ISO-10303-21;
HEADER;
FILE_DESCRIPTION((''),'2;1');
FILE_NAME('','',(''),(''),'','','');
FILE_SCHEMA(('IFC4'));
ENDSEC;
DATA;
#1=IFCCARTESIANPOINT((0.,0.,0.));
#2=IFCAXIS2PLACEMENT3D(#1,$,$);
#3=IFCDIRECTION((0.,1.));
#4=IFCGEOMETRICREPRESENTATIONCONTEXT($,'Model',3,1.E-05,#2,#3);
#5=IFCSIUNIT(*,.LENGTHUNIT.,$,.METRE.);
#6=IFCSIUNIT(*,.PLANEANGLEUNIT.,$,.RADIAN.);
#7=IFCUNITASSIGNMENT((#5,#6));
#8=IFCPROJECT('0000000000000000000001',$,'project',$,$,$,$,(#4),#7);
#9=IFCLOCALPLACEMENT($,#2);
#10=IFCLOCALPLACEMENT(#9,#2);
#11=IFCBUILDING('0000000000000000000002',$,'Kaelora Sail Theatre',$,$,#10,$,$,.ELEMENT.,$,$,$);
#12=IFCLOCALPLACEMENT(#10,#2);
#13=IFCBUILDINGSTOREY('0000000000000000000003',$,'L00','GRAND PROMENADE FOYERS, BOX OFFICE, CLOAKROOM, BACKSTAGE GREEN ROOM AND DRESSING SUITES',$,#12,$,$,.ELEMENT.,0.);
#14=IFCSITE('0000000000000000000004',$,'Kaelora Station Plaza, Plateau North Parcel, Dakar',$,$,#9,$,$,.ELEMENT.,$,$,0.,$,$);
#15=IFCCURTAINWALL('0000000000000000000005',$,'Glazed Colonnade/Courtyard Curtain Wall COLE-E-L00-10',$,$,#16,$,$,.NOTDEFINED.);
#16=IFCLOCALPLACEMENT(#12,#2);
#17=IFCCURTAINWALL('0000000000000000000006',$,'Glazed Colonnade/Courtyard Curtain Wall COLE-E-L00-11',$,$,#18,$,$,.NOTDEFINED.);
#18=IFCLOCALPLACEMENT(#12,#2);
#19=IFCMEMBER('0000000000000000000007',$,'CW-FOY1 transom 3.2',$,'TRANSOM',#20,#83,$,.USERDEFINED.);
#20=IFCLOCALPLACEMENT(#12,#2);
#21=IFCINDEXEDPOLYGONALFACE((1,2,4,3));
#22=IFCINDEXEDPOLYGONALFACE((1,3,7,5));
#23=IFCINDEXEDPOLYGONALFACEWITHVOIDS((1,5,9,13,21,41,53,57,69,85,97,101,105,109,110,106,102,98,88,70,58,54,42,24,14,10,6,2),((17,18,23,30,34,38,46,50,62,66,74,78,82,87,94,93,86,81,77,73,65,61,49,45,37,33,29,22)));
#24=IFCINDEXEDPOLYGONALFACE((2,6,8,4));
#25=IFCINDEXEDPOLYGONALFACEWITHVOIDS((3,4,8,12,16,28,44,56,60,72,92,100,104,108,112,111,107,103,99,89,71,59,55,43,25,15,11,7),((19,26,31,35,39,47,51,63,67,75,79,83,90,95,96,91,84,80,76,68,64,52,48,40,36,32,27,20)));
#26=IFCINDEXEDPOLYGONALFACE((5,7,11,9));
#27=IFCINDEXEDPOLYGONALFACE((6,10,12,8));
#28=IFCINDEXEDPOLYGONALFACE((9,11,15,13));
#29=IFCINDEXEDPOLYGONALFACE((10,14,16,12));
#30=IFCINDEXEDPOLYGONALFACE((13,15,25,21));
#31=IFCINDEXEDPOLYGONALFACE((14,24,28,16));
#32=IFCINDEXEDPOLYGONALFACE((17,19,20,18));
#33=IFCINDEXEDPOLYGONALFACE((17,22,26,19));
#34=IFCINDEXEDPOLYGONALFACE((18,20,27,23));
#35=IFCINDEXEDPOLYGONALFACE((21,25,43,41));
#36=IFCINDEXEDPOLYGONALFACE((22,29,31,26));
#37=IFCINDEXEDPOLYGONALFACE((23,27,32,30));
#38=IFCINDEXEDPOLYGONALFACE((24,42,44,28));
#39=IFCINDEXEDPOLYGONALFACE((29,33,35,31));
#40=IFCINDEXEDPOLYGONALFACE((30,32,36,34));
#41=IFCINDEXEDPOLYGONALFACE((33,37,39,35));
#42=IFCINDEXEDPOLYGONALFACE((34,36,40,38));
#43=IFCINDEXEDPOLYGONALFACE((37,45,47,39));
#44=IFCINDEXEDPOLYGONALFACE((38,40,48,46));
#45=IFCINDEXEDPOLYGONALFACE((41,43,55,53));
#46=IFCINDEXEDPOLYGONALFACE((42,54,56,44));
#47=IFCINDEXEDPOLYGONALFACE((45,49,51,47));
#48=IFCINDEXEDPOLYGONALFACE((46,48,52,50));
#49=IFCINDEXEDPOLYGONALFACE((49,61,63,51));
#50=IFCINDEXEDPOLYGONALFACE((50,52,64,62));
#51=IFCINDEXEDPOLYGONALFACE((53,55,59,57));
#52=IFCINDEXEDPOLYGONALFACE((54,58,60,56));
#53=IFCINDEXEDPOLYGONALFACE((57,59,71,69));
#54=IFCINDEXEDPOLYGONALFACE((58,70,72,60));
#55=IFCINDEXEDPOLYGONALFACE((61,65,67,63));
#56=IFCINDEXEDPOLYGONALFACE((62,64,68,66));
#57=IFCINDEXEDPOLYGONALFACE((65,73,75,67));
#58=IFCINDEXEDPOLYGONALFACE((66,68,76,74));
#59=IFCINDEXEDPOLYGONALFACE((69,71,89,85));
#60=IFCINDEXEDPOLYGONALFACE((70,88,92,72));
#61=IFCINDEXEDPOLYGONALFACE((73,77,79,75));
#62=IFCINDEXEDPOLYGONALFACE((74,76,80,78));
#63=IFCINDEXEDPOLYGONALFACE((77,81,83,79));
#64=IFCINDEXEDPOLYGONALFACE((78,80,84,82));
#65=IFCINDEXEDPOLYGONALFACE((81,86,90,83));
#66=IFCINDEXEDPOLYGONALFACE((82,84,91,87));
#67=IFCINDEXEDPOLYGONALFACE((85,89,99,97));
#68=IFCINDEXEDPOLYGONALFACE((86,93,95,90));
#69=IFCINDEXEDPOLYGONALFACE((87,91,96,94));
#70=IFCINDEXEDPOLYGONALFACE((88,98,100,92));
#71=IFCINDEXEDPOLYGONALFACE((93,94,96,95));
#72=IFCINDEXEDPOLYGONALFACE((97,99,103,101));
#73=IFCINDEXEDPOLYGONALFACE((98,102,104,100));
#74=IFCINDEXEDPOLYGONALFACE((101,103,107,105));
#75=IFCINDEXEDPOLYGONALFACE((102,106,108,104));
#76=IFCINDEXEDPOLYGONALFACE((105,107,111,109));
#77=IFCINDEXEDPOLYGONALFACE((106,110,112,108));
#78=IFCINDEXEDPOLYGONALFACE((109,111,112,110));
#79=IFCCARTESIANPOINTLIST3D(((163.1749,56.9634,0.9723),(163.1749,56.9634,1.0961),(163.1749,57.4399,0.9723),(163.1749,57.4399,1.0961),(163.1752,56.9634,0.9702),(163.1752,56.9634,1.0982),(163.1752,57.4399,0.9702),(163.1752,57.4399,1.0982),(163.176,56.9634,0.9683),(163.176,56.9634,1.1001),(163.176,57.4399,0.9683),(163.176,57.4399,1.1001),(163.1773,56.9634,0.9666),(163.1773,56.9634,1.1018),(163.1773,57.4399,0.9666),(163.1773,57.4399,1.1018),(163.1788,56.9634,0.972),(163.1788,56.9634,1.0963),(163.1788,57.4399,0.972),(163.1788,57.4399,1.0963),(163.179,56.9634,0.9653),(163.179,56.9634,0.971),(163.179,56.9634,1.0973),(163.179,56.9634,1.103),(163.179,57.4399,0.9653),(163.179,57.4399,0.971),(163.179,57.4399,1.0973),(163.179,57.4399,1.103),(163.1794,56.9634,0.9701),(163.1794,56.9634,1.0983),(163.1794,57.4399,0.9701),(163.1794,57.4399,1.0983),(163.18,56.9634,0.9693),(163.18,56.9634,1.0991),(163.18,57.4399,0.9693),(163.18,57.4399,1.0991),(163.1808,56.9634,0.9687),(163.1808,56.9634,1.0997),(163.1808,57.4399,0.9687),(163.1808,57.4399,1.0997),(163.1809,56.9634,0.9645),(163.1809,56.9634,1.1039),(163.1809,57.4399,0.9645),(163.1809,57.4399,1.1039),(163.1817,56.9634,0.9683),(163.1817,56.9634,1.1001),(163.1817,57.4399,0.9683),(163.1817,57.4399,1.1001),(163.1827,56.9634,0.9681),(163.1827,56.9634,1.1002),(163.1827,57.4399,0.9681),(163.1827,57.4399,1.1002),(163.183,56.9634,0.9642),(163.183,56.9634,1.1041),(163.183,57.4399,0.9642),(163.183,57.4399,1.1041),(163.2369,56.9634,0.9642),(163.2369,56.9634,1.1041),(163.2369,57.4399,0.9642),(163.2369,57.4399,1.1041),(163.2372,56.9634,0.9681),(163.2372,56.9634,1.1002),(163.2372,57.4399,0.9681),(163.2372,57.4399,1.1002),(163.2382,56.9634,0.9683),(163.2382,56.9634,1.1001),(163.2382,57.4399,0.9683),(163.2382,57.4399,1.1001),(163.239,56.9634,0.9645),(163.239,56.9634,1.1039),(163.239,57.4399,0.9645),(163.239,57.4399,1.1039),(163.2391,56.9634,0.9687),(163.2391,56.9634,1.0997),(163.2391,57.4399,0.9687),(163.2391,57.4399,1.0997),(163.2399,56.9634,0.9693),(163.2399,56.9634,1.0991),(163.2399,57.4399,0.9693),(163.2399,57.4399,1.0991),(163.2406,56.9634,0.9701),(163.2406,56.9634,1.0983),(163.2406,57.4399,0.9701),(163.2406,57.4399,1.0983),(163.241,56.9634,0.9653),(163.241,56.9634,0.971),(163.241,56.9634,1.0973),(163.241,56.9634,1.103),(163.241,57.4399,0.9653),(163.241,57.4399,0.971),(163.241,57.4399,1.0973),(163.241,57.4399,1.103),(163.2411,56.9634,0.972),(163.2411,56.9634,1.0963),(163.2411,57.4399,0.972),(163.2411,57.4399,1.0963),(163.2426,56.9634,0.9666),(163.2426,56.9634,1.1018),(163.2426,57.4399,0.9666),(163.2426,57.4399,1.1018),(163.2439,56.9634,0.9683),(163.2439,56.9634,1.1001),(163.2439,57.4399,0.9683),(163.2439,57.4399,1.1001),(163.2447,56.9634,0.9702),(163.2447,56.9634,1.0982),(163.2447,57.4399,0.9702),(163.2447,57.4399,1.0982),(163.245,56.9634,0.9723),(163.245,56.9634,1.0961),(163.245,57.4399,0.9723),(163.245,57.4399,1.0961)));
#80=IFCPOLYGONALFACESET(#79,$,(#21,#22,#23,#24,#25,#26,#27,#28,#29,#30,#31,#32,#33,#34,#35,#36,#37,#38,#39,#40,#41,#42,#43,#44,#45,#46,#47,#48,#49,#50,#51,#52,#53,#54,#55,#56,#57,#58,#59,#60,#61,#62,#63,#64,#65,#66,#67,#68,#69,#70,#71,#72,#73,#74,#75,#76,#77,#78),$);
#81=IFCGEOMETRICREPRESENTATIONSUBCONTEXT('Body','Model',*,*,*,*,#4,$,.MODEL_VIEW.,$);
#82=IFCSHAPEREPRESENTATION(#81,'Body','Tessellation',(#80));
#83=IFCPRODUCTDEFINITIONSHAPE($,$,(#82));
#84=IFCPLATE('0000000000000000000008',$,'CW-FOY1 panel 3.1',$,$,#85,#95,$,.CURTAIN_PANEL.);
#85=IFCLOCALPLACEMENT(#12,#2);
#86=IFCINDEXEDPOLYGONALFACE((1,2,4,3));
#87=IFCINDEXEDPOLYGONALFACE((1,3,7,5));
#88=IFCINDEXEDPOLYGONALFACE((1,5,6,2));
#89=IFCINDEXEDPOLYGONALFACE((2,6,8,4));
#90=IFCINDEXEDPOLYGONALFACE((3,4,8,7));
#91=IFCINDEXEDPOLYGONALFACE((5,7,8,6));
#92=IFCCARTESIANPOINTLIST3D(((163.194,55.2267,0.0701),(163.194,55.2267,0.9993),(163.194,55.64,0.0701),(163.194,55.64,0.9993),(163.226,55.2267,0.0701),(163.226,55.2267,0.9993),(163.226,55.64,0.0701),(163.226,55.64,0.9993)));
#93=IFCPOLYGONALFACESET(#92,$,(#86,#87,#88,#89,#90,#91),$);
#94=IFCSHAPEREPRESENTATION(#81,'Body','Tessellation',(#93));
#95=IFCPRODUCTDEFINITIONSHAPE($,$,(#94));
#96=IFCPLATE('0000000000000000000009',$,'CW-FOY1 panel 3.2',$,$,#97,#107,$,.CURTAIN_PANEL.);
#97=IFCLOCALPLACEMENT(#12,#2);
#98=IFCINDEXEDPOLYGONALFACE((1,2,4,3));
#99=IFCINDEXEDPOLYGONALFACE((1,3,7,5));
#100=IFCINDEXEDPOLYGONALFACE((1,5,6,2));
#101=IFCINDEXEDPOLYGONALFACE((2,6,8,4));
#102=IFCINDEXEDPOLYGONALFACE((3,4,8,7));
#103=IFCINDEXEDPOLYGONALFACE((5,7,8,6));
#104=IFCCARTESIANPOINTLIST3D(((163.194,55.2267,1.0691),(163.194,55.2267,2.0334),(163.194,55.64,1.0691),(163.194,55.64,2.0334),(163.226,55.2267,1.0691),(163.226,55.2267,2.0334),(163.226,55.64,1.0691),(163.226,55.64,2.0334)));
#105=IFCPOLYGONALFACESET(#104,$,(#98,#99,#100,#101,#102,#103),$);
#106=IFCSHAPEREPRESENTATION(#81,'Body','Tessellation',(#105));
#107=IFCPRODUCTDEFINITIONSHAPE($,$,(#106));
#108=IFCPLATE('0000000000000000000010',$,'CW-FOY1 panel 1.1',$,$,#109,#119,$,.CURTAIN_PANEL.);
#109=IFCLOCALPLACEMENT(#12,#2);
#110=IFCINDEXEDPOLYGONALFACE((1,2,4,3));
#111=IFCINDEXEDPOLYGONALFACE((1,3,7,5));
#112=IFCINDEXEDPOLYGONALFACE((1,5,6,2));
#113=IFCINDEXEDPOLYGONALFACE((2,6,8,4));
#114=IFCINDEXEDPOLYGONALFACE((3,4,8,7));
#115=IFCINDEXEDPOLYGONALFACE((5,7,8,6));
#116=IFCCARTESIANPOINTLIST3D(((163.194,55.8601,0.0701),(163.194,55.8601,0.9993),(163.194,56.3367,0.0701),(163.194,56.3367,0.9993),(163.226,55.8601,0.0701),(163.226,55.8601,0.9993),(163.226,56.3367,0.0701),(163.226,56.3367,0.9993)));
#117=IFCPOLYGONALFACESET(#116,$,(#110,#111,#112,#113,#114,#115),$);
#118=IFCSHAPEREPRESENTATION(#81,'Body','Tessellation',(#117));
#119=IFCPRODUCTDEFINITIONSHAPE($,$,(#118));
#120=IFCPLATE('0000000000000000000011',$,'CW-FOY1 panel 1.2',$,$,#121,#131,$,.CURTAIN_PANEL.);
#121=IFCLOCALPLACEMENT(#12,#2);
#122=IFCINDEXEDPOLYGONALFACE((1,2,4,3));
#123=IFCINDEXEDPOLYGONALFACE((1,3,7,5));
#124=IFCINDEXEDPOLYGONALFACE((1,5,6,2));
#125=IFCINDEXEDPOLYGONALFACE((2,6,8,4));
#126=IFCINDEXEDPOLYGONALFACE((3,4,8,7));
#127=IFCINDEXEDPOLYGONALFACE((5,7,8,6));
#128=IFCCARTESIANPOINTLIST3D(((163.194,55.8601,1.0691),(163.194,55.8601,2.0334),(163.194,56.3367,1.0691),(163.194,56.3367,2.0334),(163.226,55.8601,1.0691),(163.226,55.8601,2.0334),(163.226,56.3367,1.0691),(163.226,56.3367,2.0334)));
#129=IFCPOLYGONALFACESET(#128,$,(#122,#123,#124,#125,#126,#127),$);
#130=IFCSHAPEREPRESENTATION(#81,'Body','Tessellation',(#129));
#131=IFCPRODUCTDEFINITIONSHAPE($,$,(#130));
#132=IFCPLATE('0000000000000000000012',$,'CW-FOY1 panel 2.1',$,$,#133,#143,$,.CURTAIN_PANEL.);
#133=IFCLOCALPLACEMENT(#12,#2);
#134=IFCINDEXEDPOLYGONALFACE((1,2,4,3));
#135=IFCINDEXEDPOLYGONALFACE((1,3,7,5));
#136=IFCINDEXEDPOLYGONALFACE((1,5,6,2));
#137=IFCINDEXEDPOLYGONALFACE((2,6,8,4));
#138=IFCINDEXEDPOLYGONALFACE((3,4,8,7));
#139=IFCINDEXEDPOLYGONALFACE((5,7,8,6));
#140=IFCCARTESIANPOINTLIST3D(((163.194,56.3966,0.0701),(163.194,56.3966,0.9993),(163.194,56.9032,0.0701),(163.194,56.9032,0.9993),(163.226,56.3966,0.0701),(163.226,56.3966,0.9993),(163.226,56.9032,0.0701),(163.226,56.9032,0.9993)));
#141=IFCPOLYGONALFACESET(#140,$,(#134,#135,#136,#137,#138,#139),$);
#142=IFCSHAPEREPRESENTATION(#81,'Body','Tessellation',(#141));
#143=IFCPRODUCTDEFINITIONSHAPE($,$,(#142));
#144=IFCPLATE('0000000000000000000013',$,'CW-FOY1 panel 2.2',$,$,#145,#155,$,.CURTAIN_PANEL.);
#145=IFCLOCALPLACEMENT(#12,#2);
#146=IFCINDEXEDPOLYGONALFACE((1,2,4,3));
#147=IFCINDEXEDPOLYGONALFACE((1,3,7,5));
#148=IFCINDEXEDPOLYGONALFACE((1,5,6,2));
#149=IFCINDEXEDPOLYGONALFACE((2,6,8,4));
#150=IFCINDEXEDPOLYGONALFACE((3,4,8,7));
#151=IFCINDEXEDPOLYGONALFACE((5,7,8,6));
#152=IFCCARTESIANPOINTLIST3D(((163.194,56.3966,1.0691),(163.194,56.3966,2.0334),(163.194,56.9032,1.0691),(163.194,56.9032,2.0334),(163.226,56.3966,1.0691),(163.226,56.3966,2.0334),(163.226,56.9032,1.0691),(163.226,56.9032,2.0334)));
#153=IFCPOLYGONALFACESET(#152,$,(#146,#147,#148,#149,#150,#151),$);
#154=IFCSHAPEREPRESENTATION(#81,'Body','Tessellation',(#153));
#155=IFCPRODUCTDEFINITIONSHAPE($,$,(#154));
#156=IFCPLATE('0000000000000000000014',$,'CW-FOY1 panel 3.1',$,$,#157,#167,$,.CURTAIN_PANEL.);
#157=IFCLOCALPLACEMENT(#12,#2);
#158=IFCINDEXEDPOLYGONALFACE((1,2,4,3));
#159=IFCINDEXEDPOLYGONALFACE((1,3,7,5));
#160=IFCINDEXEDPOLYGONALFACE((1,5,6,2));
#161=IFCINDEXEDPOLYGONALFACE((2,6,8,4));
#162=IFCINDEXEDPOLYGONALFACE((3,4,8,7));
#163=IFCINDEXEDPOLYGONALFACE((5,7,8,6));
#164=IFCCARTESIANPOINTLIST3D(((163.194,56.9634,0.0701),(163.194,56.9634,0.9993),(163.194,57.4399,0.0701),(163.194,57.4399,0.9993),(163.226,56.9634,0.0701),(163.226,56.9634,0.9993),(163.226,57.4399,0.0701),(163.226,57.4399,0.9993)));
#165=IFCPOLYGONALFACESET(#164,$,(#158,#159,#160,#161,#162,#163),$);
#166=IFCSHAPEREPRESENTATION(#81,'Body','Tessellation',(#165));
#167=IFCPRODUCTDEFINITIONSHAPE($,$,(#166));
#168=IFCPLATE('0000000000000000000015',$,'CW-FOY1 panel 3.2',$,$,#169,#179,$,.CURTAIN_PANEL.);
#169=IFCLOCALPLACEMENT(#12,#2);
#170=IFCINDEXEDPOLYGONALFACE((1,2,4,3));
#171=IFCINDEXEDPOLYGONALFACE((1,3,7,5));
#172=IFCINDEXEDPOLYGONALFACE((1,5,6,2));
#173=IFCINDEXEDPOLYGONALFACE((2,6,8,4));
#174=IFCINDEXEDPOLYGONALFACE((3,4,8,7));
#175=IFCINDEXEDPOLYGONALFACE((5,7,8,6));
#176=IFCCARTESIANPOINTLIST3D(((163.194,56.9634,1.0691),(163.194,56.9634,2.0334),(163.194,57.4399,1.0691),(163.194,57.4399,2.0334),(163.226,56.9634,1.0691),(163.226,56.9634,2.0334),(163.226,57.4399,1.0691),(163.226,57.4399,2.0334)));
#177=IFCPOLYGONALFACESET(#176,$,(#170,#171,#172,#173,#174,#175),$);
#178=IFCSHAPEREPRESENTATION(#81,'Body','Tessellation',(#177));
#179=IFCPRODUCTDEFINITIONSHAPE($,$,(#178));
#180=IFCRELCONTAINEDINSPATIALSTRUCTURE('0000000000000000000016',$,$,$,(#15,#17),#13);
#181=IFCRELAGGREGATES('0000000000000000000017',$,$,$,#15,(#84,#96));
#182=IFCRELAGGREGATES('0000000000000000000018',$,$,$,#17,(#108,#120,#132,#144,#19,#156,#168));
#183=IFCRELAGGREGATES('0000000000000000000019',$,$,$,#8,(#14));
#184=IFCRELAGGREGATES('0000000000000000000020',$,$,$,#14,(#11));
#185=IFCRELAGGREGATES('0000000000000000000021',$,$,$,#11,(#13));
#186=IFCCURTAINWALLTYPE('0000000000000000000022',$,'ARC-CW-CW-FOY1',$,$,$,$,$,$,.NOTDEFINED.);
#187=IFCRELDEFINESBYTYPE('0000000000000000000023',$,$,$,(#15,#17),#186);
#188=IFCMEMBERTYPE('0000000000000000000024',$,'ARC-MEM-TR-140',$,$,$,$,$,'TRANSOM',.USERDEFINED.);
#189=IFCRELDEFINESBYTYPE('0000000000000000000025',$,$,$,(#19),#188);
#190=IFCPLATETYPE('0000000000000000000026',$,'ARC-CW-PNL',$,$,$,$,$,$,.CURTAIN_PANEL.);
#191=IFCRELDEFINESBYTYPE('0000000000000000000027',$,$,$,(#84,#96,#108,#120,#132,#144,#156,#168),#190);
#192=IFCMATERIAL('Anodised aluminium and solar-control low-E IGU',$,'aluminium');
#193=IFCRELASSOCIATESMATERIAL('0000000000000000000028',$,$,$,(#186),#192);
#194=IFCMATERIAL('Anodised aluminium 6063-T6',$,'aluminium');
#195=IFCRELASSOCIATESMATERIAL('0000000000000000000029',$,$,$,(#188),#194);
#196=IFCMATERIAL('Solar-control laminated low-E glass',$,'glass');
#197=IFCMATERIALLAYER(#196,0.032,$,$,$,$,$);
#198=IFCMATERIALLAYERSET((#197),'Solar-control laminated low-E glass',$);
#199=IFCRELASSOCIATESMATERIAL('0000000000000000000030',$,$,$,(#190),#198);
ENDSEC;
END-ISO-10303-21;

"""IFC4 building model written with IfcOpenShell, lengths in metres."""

from ifc_helpers import new_model, si_unit, direction, frame, origin, origin_2d, place, context, subcontext, project, spatial, rectangle, hollow_rectangle, extrude, material, layer, layer_set, material_profile, profile_set, type_object, element, aggregate, save


model = new_model("IFC4")

# Units and contexts
model_context = context("Model", 3, precision=1e-05, world=origin(), true_north=direction((0.0, 1.0)))
body_context = subcontext(model_context, "Body", "Model", "MODEL_VIEW")
ifc_project = project(units=[si_unit("LENGTHUNIT", "METRE"), si_unit("PLANEANGLEUNIT", "RADIAN")], contexts=[model_context])

# Site, building, storey
site_placement = place(None, origin())
site = spatial("IfcSite", under=ifc_project, at=site_placement, Name="Kaelora Station Plaza, Plateau North Parcel, Dakar", CompositionType="ELEMENT", RefElevation=0.0)
building_placement = place(site_placement, origin())
building = spatial("IfcBuilding", under=site, at=building_placement, Name="Kaelora Sail Theatre", CompositionType="ELEMENT")
storey_placement = place(building_placement, origin())
storey = spatial("IfcBuildingStorey", under=building, at=storey_placement, Name="L00", Description="GRAND PROMENADE FOYERS, BOX OFFICE, CLOAKROOM, BACKSTAGE GREEN ROOM AND DRESSING SUITES", CompositionType="ELEMENT", Elevation=0.0)

# Curtain walls
ifc_material_1 = material(Name="Anodised aluminium and solar-control low-E IGU", Category="aluminium")
curtain_wall_type = type_object("IfcCurtainWallType", Name="ARC-CW-CW-FOY1", PredefinedType="NOTDEFINED", material=ifc_material_1)
curtain_wall_1_placement = place(storey_placement, origin())
curtain_wall_1 = element("IfcCurtainWall", 1, at=curtain_wall_1_placement, inside=storey, type_object=curtain_wall_type, Name="Glazed Colonnade/Courtyard Curtain Wall COLE-E-L00-10", PredefinedType="NOTDEFINED")
curtain_wall_2_placement = place(storey_placement, origin())
curtain_wall_2 = element("IfcCurtainWall", 2, at=curtain_wall_2_placement, inside=storey, type_object=curtain_wall_type, Name="Glazed Colonnade/Courtyard Curtain Wall COLE-E-L00-11", PredefinedType="NOTDEFINED")

# Member
ifc_material_2 = material(Name="Anodised aluminium 6063-T6", Category="aluminium")
ifc_material_profile_1 = material_profile(ifc_material_2, hollow_rectangle(XDim=0.0701, YDim=0.1399, WallThickness=0.0039, InnerFilletRadius=0.0039, OuterFilletRadius=0.0081, at=origin_2d()), Name="ALU-TRAN 70x140x4")
ifc_profile_set_1 = profile_set([ifc_material_profile_1], Name="Anodised aluminium 6063-T6")
member_type_1 = type_object("IfcMemberType", Name="ARC-MEM-TR-140", ElementType="TRANSOM", PredefinedType="USERDEFINED", material=ifc_profile_set_1)
member_1_placement = place(storey_placement, frame((163.21, 56.9634, 1.0342), z_axis=(0.0, 1.0, 0.0), x_axis=(-1.0, 0.0, 0.0)))
member_1 = element("IfcMember", 3, at=member_1_placement, type_object=member_type_1, Name="CW-FOY1 transom 3.2", ObjectType="TRANSOM", PredefinedType="USERDEFINED", context=body_context, shape_type="SweptSolid", body=[
    extrude(hollow_rectangle(XDim=0.0701, YDim=0.1399, WallThickness=0.0039, InnerFilletRadius=0.0039, OuterFilletRadius=0.0081, at=origin_2d()), origin(), (0.0, 0.0, 1.0), 0.4766),
])

# Plates
ifc_material_3 = material(Name="Solar-control laminated low-E glass", Category="glass")
ifc_layer = layer(ifc_material_3, 0.032)
ifc_layer_set = layer_set([ifc_layer], Name="Solar-control laminated low-E glass")
plate_type = type_object("IfcPlateType", Name="ARC-CW-PNL", PredefinedType="CURTAIN_PANEL", material=ifc_layer_set)
plate_1_placement = place(storey_placement, frame((163.21, 55.4333, 0.0701), z_axis=(0.0, 0.0, 1.0), x_axis=(0.0, 1.0, 0.0)))
plate_1 = element("IfcPlate", 4, at=plate_1_placement, type_object=plate_type, Name="CW-FOY1 panel 3.1", PredefinedType="CURTAIN_PANEL", context=body_context, shape_type="SweptSolid", body=[
    extrude(rectangle(XDim=0.4133, YDim=0.032, at=origin_2d()), origin(), (0.0, 0.0, 1.0), 0.9292),
])
plate_2_placement = place(storey_placement, frame((163.21, 55.4333, 1.0691), z_axis=(0.0, 0.0, 1.0), x_axis=(0.0, 1.0, 0.0)))
plate_2 = element("IfcPlate", 5, at=plate_2_placement, type_object=plate_type, Name="CW-FOY1 panel 3.2", PredefinedType="CURTAIN_PANEL", context=body_context, shape_type="SweptSolid", body=[
    extrude(rectangle(XDim=0.4133, YDim=0.032, at=origin_2d()), origin(), (0.0, 0.0, 1.0), 0.9644),
])
aggregate(curtain_wall_1, [plate_1, plate_2])
plate_3_placement = place(storey_placement, frame((163.21, 56.0984, 0.0701), z_axis=(0.0, 0.0, 1.0), x_axis=(0.0, 1.0, 0.0)))
plate_3 = element("IfcPlate", 6, at=plate_3_placement, type_object=plate_type, Name="CW-FOY1 panel 1.1", PredefinedType="CURTAIN_PANEL", context=body_context, shape_type="SweptSolid", body=[
    extrude(rectangle(XDim=0.4766, YDim=0.032, at=origin_2d()), origin(), (0.0, 0.0, 1.0), 0.9292),
])
plate_4_placement = place(storey_placement, frame((163.21, 56.0984, 1.0691), z_axis=(0.0, 0.0, 1.0), x_axis=(0.0, 1.0, 0.0)))
plate_4 = element("IfcPlate", 7, at=plate_4_placement, type_object=plate_type, Name="CW-FOY1 panel 1.2", PredefinedType="CURTAIN_PANEL", context=body_context, shape_type="SweptSolid", body=[
    extrude(rectangle(XDim=0.4766, YDim=0.032, at=origin_2d()), origin(), (0.0, 0.0, 1.0), 0.9644),
])
plate_5_placement = place(storey_placement, frame((163.21, 56.6499, 0.0701), z_axis=(0.0, 0.0, 1.0), x_axis=(0.0, 1.0, 0.0)))
plate_5 = element("IfcPlate", 8, at=plate_5_placement, type_object=plate_type, Name="CW-FOY1 panel 2.1", PredefinedType="CURTAIN_PANEL", context=body_context, shape_type="SweptSolid", body=[
    extrude(rectangle(XDim=0.5066, YDim=0.032, at=origin_2d()), origin(), (0.0, 0.0, 1.0), 0.9292),
])
plate_6_placement = place(storey_placement, frame((163.21, 56.6499, 1.0691), z_axis=(0.0, 0.0, 1.0), x_axis=(0.0, 1.0, 0.0)))
plate_6 = element("IfcPlate", 9, at=plate_6_placement, type_object=plate_type, Name="CW-FOY1 panel 2.2", PredefinedType="CURTAIN_PANEL", context=body_context, shape_type="SweptSolid", body=[
    extrude(rectangle(XDim=0.5066, YDim=0.032, at=origin_2d()), origin(), (0.0, 0.0, 1.0), 0.9644),
])
plate_7_placement = place(storey_placement, frame((163.21, 57.2017, 0.0701), z_axis=(0.0, 0.0, 1.0), x_axis=(0.0, 1.0, 0.0)))
plate_7 = element("IfcPlate", 10, at=plate_7_placement, type_object=plate_type, Name="CW-FOY1 panel 3.1", PredefinedType="CURTAIN_PANEL", context=body_context, shape_type="SweptSolid", body=[
    extrude(rectangle(XDim=0.4766, YDim=0.032, at=origin_2d()), origin(), (0.0, 0.0, 1.0), 0.9292),
])
plate_8_placement = place(storey_placement, frame((163.21, 57.2017, 1.0691), z_axis=(0.0, 0.0, 1.0), x_axis=(0.0, 1.0, 0.0)))
plate_8 = element("IfcPlate", 11, at=plate_8_placement, type_object=plate_type, Name="CW-FOY1 panel 3.2", PredefinedType="CURTAIN_PANEL", context=body_context, shape_type="SweptSolid", body=[
    extrude(rectangle(XDim=0.4766, YDim=0.032, at=origin_2d()), origin(), (0.0, 0.0, 1.0), 0.9644),
])
aggregate(curtain_wall_2, [plate_3, plate_4, plate_5, plate_6, member_1, plate_7, plate_8])

save(model, "model.ifc")
